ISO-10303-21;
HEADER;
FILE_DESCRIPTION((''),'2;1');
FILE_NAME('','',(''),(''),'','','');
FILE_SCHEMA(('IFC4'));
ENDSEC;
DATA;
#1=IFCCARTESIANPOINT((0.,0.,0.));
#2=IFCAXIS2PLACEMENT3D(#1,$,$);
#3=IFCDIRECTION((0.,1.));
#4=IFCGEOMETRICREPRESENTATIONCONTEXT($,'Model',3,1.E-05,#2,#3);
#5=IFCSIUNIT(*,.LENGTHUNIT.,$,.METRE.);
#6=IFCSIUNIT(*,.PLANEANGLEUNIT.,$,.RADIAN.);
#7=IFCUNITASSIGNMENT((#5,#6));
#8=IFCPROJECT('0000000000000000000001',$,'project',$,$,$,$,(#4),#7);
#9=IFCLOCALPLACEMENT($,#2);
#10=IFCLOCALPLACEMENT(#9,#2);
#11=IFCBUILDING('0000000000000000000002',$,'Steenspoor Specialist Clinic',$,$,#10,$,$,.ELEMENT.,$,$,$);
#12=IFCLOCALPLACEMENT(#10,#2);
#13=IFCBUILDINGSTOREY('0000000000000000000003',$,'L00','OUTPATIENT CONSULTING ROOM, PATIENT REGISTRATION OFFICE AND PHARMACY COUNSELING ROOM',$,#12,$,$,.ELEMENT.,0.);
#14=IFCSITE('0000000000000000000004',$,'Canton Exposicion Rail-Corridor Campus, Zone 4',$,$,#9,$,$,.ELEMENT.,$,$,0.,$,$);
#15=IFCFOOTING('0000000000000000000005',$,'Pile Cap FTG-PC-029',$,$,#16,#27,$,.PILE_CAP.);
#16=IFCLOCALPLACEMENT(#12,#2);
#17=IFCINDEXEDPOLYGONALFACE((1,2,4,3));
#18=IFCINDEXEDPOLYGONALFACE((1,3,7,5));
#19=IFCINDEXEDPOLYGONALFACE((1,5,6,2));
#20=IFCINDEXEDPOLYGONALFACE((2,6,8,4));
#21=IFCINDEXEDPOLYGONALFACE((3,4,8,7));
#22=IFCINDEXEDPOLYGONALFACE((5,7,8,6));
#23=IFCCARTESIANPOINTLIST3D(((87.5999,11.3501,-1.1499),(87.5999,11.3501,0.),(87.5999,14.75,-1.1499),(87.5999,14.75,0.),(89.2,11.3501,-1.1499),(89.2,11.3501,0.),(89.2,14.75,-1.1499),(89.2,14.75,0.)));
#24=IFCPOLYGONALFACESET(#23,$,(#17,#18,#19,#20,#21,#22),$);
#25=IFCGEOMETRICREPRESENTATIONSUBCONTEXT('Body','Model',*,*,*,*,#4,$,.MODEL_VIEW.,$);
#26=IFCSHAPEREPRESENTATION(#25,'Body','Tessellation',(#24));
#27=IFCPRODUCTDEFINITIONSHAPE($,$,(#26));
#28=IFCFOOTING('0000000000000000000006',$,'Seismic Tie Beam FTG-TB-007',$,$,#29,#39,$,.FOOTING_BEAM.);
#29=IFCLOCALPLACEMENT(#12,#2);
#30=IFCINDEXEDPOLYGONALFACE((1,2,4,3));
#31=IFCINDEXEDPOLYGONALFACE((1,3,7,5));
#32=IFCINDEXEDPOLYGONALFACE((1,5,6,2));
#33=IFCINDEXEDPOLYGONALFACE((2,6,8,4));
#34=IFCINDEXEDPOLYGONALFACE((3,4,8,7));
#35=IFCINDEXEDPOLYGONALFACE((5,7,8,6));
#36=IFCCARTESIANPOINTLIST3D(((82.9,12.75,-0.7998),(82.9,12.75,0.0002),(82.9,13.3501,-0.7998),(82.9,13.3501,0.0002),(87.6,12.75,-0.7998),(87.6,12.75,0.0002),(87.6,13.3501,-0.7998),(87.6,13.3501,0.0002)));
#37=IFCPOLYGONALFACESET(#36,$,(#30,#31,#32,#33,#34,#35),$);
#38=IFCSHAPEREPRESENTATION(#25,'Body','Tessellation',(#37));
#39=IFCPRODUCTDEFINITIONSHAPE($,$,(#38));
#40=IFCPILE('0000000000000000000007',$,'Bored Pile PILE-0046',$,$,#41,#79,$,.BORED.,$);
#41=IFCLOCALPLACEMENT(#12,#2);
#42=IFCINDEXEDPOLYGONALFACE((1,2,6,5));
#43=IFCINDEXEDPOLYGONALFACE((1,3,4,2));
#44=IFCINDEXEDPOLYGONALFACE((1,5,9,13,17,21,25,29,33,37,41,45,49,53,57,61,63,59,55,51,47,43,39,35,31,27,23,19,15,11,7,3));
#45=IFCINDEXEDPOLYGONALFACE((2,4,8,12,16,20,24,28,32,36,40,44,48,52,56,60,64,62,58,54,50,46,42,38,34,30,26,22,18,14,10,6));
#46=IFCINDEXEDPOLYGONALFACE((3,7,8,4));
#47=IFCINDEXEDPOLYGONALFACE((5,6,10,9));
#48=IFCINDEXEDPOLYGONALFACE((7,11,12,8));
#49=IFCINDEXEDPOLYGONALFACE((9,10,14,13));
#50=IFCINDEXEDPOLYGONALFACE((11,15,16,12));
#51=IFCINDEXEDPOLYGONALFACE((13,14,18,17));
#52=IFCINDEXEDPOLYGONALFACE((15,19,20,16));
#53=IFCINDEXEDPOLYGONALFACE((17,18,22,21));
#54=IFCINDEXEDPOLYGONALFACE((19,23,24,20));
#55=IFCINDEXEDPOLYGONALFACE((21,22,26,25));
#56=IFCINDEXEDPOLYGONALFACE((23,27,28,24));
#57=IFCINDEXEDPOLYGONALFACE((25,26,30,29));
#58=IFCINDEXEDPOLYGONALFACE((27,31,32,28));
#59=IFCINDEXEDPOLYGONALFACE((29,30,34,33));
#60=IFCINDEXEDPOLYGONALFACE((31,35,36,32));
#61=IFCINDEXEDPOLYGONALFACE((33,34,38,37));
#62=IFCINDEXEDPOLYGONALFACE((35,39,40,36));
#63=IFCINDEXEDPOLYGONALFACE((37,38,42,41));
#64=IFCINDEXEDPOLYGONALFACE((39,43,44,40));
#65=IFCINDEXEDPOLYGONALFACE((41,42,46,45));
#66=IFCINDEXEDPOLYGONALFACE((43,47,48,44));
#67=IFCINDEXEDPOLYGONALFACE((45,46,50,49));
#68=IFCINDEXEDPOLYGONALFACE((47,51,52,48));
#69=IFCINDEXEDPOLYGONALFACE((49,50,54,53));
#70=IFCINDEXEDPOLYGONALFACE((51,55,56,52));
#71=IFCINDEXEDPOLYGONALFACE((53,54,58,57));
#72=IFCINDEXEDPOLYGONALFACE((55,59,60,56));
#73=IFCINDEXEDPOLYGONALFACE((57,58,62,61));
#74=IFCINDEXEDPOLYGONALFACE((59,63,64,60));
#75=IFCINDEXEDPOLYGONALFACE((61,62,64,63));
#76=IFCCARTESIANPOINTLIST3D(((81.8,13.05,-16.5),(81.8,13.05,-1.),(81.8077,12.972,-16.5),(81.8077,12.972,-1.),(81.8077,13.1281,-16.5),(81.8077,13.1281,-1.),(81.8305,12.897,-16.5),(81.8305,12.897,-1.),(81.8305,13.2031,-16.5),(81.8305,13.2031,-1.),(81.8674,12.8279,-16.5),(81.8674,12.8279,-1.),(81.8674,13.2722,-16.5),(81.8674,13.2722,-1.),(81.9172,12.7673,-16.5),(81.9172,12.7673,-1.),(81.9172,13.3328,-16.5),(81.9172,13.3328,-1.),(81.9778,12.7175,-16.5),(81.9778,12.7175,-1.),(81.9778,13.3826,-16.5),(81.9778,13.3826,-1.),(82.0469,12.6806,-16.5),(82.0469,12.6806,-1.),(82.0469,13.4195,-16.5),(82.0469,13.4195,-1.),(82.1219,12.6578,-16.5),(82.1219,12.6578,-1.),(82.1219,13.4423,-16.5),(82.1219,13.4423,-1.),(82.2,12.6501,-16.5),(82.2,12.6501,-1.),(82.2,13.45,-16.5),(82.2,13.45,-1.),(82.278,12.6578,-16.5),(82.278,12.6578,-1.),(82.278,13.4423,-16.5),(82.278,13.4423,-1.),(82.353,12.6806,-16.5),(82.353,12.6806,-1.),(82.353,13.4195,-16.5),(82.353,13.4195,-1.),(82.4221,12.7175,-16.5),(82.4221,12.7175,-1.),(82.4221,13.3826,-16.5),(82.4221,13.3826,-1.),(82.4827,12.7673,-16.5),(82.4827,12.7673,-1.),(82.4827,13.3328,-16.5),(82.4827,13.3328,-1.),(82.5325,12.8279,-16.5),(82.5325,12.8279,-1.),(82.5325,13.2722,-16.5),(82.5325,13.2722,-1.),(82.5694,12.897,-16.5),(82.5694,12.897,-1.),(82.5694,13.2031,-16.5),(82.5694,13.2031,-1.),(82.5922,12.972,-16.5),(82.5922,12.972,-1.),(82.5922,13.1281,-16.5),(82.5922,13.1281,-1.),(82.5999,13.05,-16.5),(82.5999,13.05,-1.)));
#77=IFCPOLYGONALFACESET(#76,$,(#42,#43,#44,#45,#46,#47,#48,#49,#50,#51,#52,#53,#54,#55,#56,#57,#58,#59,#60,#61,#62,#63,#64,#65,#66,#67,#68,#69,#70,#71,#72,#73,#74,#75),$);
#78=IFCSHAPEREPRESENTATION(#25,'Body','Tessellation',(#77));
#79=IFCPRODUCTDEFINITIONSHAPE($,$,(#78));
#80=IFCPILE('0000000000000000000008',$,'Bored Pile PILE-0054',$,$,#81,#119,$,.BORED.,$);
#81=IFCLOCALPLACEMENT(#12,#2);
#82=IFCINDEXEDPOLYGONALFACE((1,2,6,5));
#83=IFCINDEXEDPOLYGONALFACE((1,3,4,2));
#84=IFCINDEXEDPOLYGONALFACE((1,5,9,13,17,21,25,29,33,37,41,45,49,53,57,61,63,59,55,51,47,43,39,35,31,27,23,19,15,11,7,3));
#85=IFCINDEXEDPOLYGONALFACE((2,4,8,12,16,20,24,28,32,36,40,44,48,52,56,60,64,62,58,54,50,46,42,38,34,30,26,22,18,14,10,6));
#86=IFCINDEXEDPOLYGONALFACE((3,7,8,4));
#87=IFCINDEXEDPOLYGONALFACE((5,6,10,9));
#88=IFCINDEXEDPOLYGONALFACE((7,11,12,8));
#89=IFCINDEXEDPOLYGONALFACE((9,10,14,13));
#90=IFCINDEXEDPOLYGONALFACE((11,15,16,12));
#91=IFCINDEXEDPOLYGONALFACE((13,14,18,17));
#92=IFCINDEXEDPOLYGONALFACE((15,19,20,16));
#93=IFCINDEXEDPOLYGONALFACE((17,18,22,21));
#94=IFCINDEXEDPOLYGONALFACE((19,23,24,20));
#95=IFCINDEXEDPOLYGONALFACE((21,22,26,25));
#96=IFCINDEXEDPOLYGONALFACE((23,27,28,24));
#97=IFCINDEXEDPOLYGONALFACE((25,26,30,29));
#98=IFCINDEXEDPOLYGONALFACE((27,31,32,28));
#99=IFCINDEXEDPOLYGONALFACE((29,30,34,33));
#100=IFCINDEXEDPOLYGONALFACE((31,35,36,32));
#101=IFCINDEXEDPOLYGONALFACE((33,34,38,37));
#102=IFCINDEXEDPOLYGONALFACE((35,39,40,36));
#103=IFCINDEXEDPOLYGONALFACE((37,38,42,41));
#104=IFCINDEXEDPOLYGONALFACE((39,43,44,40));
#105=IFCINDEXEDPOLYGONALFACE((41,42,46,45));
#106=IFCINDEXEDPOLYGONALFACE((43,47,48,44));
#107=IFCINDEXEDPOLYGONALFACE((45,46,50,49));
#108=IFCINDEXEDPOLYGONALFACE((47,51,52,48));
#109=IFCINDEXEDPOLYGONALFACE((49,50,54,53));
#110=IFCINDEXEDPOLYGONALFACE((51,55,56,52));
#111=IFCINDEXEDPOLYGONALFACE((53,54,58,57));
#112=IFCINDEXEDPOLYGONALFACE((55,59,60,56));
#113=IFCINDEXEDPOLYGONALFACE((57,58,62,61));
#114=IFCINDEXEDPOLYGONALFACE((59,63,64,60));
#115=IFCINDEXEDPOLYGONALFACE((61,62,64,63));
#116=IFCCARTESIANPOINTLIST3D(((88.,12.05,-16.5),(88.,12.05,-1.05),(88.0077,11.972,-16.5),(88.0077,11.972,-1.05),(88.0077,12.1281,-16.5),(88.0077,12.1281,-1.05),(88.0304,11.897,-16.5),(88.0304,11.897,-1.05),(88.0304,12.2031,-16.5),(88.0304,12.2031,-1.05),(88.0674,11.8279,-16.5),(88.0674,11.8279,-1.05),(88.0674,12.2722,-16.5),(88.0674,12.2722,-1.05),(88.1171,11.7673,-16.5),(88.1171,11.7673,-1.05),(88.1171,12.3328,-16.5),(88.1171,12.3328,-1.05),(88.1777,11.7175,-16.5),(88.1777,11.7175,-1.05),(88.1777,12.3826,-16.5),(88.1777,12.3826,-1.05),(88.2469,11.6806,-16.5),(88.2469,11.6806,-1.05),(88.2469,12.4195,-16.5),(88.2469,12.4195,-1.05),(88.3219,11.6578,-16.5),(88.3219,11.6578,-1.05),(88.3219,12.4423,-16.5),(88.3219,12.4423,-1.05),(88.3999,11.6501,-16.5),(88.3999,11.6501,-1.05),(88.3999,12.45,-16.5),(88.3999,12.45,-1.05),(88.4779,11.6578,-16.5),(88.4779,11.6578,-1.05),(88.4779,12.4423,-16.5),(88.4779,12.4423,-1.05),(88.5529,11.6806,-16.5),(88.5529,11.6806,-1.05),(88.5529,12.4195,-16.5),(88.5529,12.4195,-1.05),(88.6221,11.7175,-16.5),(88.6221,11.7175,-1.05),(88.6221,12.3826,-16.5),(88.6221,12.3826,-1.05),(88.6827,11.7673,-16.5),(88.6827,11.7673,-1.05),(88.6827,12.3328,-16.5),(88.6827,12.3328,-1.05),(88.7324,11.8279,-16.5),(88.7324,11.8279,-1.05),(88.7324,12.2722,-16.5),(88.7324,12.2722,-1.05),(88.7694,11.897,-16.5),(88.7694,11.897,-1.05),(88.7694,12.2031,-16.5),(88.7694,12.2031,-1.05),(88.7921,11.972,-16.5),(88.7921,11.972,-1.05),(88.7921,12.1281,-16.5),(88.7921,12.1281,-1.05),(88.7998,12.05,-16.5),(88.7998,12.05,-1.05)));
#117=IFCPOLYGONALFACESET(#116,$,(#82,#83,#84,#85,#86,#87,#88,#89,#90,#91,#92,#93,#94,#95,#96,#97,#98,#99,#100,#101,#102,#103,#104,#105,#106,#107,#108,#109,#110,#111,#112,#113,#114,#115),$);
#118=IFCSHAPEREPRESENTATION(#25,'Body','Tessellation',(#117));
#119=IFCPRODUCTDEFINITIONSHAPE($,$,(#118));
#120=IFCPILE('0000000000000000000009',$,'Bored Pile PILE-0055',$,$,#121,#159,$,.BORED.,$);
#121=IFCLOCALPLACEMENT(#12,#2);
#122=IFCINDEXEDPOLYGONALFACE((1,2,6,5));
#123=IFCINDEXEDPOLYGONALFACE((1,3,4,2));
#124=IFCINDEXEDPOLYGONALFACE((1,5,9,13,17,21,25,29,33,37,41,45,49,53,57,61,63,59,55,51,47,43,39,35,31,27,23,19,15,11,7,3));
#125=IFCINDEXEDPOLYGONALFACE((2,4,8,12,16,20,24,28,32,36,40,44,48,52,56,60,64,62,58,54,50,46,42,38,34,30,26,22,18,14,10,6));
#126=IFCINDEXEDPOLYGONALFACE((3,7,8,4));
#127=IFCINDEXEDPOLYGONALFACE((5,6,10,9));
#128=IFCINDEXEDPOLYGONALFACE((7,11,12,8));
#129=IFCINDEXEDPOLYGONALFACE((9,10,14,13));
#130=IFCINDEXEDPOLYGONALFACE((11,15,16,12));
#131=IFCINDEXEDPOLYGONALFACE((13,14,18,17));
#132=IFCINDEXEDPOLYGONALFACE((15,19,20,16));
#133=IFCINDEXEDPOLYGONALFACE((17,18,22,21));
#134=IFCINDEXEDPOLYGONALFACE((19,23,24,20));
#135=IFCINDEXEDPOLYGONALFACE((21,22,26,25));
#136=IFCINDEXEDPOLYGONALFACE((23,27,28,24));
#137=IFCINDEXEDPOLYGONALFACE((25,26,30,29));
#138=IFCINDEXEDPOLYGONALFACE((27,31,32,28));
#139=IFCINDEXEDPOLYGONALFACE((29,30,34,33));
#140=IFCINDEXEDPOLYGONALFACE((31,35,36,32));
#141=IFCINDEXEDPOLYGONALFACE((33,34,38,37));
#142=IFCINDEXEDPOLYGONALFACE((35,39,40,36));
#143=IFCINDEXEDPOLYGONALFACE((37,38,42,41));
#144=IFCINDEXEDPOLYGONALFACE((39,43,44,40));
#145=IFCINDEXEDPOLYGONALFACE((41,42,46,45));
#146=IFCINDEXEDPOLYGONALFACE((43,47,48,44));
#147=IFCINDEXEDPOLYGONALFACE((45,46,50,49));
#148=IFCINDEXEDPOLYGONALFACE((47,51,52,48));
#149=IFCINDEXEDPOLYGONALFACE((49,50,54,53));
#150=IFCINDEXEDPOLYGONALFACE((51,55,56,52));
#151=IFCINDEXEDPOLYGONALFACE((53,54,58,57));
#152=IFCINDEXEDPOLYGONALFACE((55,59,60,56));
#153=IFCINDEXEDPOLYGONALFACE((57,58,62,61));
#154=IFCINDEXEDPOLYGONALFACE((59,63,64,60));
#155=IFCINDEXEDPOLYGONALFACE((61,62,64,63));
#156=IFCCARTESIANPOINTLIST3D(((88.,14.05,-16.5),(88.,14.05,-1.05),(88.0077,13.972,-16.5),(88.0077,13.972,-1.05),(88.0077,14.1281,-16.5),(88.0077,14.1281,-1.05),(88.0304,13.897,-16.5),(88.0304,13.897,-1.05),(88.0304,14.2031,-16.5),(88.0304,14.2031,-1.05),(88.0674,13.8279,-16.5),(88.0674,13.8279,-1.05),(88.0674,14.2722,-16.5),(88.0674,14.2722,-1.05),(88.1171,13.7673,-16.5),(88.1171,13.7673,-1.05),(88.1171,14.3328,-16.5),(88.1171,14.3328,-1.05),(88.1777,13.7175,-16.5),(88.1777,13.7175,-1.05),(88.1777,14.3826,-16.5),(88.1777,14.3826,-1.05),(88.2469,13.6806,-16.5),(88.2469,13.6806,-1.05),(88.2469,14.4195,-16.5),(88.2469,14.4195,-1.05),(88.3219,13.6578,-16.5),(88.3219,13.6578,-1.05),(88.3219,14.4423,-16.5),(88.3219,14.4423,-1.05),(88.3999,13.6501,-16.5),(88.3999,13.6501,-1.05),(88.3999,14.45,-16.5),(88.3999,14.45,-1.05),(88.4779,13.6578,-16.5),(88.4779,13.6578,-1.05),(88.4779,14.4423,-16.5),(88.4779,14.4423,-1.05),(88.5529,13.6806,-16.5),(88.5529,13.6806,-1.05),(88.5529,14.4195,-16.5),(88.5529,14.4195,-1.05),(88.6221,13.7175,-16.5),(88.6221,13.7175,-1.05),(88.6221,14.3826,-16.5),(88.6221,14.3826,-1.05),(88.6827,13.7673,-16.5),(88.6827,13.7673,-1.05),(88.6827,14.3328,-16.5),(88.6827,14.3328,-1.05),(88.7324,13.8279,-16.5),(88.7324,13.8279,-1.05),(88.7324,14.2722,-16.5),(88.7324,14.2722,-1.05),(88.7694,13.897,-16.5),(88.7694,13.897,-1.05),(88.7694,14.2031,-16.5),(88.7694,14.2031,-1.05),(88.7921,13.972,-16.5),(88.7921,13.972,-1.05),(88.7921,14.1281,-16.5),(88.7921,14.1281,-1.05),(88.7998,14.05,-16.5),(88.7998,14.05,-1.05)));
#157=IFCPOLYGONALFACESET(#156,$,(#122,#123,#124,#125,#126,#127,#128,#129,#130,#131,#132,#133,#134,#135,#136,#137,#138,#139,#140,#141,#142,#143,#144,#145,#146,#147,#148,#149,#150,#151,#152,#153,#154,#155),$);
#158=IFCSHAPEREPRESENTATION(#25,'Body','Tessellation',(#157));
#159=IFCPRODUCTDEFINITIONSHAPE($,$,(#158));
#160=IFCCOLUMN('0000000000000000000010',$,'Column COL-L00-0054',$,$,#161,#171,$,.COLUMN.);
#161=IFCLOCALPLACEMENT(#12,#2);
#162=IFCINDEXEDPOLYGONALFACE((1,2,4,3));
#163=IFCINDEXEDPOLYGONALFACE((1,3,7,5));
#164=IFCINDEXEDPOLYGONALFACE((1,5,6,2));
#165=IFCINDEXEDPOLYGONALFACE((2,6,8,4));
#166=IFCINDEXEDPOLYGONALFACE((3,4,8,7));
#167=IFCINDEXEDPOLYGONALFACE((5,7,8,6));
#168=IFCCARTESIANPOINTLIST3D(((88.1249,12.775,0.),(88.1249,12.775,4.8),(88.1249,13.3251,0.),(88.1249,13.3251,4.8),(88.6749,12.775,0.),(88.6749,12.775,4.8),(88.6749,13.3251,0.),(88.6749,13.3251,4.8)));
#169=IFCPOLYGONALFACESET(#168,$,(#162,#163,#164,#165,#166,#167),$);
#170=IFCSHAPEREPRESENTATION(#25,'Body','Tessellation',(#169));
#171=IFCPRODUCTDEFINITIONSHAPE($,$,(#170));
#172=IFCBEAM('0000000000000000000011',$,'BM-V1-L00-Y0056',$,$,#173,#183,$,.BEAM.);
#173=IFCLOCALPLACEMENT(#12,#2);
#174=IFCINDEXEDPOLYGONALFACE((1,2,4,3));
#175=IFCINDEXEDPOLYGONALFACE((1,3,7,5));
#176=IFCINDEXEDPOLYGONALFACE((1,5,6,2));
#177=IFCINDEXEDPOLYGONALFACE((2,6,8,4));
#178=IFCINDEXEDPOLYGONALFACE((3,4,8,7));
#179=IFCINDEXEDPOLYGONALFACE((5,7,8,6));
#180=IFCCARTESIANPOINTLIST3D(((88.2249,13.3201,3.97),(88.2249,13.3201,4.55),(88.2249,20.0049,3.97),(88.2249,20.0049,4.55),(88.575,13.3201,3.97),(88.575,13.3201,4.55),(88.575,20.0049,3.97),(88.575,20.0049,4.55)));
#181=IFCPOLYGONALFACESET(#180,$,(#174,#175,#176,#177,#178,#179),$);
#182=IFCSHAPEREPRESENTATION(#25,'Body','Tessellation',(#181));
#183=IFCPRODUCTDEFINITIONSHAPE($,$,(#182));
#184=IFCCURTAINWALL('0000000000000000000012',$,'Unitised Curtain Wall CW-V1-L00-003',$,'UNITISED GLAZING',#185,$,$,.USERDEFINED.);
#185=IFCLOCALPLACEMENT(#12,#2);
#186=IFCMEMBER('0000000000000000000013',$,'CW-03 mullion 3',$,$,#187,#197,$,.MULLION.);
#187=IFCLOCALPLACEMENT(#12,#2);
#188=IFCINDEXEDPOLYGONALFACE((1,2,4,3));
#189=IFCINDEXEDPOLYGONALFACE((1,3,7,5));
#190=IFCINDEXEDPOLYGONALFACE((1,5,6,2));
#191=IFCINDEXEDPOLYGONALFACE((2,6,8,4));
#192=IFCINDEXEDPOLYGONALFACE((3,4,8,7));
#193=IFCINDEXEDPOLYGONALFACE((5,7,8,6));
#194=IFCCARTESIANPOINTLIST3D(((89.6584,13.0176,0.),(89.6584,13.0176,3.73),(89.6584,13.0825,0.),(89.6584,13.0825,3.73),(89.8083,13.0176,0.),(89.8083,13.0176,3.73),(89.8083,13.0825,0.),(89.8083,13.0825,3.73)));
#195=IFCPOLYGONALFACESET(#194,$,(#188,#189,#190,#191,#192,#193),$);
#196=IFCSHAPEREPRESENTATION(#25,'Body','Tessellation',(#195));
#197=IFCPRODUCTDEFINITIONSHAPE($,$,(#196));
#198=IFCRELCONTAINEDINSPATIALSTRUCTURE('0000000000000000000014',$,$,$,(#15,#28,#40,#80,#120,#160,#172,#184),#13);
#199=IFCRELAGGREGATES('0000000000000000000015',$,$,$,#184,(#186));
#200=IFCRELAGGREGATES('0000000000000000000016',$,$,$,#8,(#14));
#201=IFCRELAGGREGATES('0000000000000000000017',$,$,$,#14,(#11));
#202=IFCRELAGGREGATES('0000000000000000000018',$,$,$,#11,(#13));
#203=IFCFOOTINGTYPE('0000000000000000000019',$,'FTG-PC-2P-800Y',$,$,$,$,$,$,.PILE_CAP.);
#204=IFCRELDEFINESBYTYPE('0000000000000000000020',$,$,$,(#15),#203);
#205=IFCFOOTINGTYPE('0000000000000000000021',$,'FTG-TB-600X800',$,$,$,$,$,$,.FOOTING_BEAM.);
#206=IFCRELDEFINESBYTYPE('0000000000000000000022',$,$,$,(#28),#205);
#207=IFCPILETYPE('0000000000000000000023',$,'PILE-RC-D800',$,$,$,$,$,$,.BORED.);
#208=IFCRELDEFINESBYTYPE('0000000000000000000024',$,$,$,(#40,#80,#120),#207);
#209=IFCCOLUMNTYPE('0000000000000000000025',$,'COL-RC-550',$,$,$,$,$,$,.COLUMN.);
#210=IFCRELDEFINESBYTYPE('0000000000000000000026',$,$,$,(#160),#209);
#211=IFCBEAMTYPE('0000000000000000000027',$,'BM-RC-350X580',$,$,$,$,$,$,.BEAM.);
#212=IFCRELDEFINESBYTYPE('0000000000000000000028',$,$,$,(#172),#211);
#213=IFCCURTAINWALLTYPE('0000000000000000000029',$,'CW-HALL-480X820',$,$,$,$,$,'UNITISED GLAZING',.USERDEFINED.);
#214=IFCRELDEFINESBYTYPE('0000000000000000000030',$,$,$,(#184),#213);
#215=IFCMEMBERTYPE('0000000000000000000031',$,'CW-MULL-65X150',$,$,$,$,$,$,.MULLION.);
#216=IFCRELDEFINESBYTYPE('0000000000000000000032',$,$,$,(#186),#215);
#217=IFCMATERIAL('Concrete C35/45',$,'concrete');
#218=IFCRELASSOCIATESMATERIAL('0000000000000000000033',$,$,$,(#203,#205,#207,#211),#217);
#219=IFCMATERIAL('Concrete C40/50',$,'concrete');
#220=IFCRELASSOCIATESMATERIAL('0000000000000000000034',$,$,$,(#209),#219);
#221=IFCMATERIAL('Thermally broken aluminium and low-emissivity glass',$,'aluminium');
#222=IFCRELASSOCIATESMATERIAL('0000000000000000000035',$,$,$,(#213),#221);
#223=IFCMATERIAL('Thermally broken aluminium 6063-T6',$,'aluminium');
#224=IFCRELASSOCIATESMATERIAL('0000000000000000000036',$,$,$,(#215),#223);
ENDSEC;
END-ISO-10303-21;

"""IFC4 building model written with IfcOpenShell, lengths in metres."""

from ifc_helpers import new_model, si_unit, direction, frame, origin, origin_2d, place, context, subcontext, project, spatial, rectangle, circle, extrude, material, material_profile, profile_set, type_object, element, aggregate, save


model = new_model("IFC4")

# Units and contexts
model_context = context("Model", 3, precision=1e-05, world=origin(), true_north=direction((0.0, 1.0)))
body_context = subcontext(model_context, "Body", "Model", "MODEL_VIEW")
ifc_project = project(units=[si_unit("LENGTHUNIT", "METRE"), si_unit("PLANEANGLEUNIT", "RADIAN")], contexts=[model_context])

# Site, building, storey
site_placement = place(None, origin())
site = spatial("IfcSite", under=ifc_project, at=site_placement, Name="Canton Exposicion Rail-Corridor Campus, Zone 4", CompositionType="ELEMENT", RefElevation=0.0)
building_placement = place(site_placement, origin())
building = spatial("IfcBuilding", under=site, at=building_placement, Name="Steenspoor Specialist Clinic", CompositionType="ELEMENT")
storey_placement = place(building_placement, origin())
storey = spatial("IfcBuildingStorey", under=building, at=storey_placement, Name="L00", Description="OUTPATIENT CONSULTING ROOM, PATIENT REGISTRATION OFFICE AND PHARMACY COUNSELING ROOM", CompositionType="ELEMENT", Elevation=0.0)

# Footings
ifc_material_1 = material(Name="Concrete C35/45", Category="concrete")
footing_type_1 = type_object("IfcFootingType", Name="FTG-PC-2P-800Y", PredefinedType="PILE_CAP", material=ifc_material_1)
footing_1_placement = place(storey_placement, frame((88.3999, 13.05, -1.1499), z_axis=(0.0, 0.0, 1.0), x_axis=(1.0, 0.0, 0.0)))
element("IfcFooting", 1, at=footing_1_placement, inside=storey, type_object=footing_type_1, Name="Pile Cap FTG-PC-029", PredefinedType="PILE_CAP", context=body_context, shape_type="SweptSolid", body=[
    extrude(rectangle(XDim=1.6001, YDim=3.3999, at=origin_2d()), origin(), (0.0, 0.0, 1.0), 1.1499),
])
footing_type_2 = type_object("IfcFootingType", Name="FTG-TB-600X800", PredefinedType="FOOTING_BEAM", material=ifc_material_1)
footing_2_placement = place(storey_placement, frame((85.25, 13.05, -0.7998), z_axis=(0.0, 0.0, 1.0), x_axis=(1.0, 0.0, 0.0)))
element("IfcFooting", 2, at=footing_2_placement, inside=storey, type_object=footing_type_2, Name="Seismic Tie Beam FTG-TB-007", PredefinedType="FOOTING_BEAM", context=body_context, shape_type="SweptSolid", body=[
    extrude(rectangle(XDim=4.7, YDim=0.6001, at=origin_2d()), origin(), (0.0, 0.0, 1.0), 0.8),
])

# Piles
ifc_material_profile_1 = material_profile(ifc_material_1, circle(Radius=0.3999, at=origin_2d()), Name="PILE-D800")
ifc_profile_set_1 = profile_set([ifc_material_profile_1], Name="Concrete C35/45")
pile_type = type_object("IfcPileType", Name="PILE-RC-D800", PredefinedType="BORED", material=ifc_profile_set_1)
pile_placement = place(storey_placement, frame((82.2, 13.05, -1.0), z_axis=(0.0, 0.0, -1.0), x_axis=(1.0, 0.0, 0.0)))
element("IfcPile", 3, at=pile_placement, inside=storey, type_object=pile_type, Name="Bored Pile PILE-0046", PredefinedType="BORED", context=body_context, shape_type="SweptSolid", body=[
    extrude(circle(Radius=0.3999, at=origin_2d()), origin(), (0.0, 0.0, 1.0), 15.5),
])
for number, where, z_axis, x_axis, name in (
    (4, (88.3999, 12.05, -1.05), (0.0, 0.0, -1.0), (1.0, 0.0, 0.0), "Bored Pile PILE-0054"),
    (5, (88.3999, 14.05, -1.05), (0.0, 0.0, -1.0), (1.0, 0.0, 0.0), "Bored Pile PILE-0055"),
):
    element("IfcPile", number, at=place(storey_placement, frame(where, z_axis=z_axis, x_axis=x_axis)), inside=storey, type_object=pile_type, Name=name, PredefinedType="BORED", context=body_context, shape_type="SweptSolid", body=[
        extrude(circle(Radius=0.3999, at=origin_2d()), origin(), (0.0, 0.0, 1.0), 15.45),
    ])

# Column
ifc_material_2 = material(Name="Concrete C40/50", Category="concrete")
ifc_material_profile_2 = material_profile(ifc_material_2, rectangle(XDim=0.55, YDim=0.55, at=origin_2d()), Name="RC-COL-550X550")
ifc_profile_set_2 = profile_set([ifc_material_profile_2], Name="Concrete C40/50")
column_type = type_object("IfcColumnType", Name="COL-RC-550", PredefinedType="COLUMN", material=ifc_profile_set_2)
column_placement = place(storey_placement, frame((88.3999, 13.05, 0.0), z_axis=(0.0, 0.0, 1.0), x_axis=(1.0, 0.0, 0.0)))
element("IfcColumn", 6, at=column_placement, inside=storey, type_object=column_type, Name="Column COL-L00-0054", PredefinedType="COLUMN", context=body_context, shape_type="SweptSolid", body=[
    extrude(rectangle(XDim=0.55, YDim=0.55, at=origin_2d()), origin(), (0.0, 0.0, 1.0), 4.8),
])

# Beam
ifc_material_profile_3 = material_profile(ifc_material_1, rectangle(XDim=0.3501, YDim=0.5801, at=origin_2d()), Name="RC-BM-350X580")
ifc_profile_set_3 = profile_set([ifc_material_profile_3], Name="Concrete C35/45")
beam_type_1 = type_object("IfcBeamType", Name="BM-RC-350X580", PredefinedType="BEAM", material=ifc_profile_set_3)
beam_1_placement = place(storey_placement, frame((88.3999, 13.3201, 4.26), z_axis=(0.0, 1.0, 0.0), x_axis=(-1.0, 0.0, 0.0)))
element("IfcBeam", 7, at=beam_1_placement, inside=storey, type_object=beam_type_1, Name="BM-V1-L00-Y0056", PredefinedType="BEAM", context=body_context, shape_type="SweptSolid", body=[
    extrude(rectangle(XDim=0.3501, YDim=0.5801, at=origin_2d()), origin(), (0.0, 0.0, 1.0), 6.6848),
])

# Curtain wall, member
ifc_material_3 = material(Name="Thermally broken aluminium and low-emissivity glass", Category="aluminium")
curtain_wall_type = type_object("IfcCurtainWallType", Name="CW-HALL-480X820", ElementType="UNITISED GLAZING", PredefinedType="USERDEFINED", material=ifc_material_3)
curtain_wall_placement = place(storey_placement, origin())
curtain_wall = element("IfcCurtainWall", 8, at=curtain_wall_placement, inside=storey, type_object=curtain_wall_type, Name="Unitised Curtain Wall CW-V1-L00-003", ObjectType="UNITISED GLAZING", PredefinedType="USERDEFINED")
ifc_material_4 = material(Name="Thermally broken aluminium 6063-T6", Category="aluminium")
ifc_material_profile_4 = material_profile(ifc_material_4, rectangle(XDim=0.0649, YDim=0.1499, at=origin_2d()), Name="CWM-65X150")
ifc_profile_set_4 = profile_set([ifc_material_profile_4], Name="Thermally broken aluminium 6063-T6")
member_type_1 = type_object("IfcMemberType", Name="CW-MULL-65X150", PredefinedType="MULLION", material=ifc_profile_set_4)
member_1_placement = place(storey_placement, frame((89.7334, 13.05, 0.0), z_axis=(0.0, 0.0, 1.0), x_axis=(0.0, -1.0, 0.0)))
member_1 = element("IfcMember", 9, at=member_1_placement, type_object=member_type_1, Name="CW-03 mullion 3", PredefinedType="MULLION", context=body_context, shape_type="SweptSolid", body=[
    extrude(rectangle(XDim=0.0649, YDim=0.1499, at=origin_2d()), origin(), (0.0, 0.0, 1.0), 3.73),
])

aggregate(curtain_wall, [member_1])

save(model, "model.ifc")
